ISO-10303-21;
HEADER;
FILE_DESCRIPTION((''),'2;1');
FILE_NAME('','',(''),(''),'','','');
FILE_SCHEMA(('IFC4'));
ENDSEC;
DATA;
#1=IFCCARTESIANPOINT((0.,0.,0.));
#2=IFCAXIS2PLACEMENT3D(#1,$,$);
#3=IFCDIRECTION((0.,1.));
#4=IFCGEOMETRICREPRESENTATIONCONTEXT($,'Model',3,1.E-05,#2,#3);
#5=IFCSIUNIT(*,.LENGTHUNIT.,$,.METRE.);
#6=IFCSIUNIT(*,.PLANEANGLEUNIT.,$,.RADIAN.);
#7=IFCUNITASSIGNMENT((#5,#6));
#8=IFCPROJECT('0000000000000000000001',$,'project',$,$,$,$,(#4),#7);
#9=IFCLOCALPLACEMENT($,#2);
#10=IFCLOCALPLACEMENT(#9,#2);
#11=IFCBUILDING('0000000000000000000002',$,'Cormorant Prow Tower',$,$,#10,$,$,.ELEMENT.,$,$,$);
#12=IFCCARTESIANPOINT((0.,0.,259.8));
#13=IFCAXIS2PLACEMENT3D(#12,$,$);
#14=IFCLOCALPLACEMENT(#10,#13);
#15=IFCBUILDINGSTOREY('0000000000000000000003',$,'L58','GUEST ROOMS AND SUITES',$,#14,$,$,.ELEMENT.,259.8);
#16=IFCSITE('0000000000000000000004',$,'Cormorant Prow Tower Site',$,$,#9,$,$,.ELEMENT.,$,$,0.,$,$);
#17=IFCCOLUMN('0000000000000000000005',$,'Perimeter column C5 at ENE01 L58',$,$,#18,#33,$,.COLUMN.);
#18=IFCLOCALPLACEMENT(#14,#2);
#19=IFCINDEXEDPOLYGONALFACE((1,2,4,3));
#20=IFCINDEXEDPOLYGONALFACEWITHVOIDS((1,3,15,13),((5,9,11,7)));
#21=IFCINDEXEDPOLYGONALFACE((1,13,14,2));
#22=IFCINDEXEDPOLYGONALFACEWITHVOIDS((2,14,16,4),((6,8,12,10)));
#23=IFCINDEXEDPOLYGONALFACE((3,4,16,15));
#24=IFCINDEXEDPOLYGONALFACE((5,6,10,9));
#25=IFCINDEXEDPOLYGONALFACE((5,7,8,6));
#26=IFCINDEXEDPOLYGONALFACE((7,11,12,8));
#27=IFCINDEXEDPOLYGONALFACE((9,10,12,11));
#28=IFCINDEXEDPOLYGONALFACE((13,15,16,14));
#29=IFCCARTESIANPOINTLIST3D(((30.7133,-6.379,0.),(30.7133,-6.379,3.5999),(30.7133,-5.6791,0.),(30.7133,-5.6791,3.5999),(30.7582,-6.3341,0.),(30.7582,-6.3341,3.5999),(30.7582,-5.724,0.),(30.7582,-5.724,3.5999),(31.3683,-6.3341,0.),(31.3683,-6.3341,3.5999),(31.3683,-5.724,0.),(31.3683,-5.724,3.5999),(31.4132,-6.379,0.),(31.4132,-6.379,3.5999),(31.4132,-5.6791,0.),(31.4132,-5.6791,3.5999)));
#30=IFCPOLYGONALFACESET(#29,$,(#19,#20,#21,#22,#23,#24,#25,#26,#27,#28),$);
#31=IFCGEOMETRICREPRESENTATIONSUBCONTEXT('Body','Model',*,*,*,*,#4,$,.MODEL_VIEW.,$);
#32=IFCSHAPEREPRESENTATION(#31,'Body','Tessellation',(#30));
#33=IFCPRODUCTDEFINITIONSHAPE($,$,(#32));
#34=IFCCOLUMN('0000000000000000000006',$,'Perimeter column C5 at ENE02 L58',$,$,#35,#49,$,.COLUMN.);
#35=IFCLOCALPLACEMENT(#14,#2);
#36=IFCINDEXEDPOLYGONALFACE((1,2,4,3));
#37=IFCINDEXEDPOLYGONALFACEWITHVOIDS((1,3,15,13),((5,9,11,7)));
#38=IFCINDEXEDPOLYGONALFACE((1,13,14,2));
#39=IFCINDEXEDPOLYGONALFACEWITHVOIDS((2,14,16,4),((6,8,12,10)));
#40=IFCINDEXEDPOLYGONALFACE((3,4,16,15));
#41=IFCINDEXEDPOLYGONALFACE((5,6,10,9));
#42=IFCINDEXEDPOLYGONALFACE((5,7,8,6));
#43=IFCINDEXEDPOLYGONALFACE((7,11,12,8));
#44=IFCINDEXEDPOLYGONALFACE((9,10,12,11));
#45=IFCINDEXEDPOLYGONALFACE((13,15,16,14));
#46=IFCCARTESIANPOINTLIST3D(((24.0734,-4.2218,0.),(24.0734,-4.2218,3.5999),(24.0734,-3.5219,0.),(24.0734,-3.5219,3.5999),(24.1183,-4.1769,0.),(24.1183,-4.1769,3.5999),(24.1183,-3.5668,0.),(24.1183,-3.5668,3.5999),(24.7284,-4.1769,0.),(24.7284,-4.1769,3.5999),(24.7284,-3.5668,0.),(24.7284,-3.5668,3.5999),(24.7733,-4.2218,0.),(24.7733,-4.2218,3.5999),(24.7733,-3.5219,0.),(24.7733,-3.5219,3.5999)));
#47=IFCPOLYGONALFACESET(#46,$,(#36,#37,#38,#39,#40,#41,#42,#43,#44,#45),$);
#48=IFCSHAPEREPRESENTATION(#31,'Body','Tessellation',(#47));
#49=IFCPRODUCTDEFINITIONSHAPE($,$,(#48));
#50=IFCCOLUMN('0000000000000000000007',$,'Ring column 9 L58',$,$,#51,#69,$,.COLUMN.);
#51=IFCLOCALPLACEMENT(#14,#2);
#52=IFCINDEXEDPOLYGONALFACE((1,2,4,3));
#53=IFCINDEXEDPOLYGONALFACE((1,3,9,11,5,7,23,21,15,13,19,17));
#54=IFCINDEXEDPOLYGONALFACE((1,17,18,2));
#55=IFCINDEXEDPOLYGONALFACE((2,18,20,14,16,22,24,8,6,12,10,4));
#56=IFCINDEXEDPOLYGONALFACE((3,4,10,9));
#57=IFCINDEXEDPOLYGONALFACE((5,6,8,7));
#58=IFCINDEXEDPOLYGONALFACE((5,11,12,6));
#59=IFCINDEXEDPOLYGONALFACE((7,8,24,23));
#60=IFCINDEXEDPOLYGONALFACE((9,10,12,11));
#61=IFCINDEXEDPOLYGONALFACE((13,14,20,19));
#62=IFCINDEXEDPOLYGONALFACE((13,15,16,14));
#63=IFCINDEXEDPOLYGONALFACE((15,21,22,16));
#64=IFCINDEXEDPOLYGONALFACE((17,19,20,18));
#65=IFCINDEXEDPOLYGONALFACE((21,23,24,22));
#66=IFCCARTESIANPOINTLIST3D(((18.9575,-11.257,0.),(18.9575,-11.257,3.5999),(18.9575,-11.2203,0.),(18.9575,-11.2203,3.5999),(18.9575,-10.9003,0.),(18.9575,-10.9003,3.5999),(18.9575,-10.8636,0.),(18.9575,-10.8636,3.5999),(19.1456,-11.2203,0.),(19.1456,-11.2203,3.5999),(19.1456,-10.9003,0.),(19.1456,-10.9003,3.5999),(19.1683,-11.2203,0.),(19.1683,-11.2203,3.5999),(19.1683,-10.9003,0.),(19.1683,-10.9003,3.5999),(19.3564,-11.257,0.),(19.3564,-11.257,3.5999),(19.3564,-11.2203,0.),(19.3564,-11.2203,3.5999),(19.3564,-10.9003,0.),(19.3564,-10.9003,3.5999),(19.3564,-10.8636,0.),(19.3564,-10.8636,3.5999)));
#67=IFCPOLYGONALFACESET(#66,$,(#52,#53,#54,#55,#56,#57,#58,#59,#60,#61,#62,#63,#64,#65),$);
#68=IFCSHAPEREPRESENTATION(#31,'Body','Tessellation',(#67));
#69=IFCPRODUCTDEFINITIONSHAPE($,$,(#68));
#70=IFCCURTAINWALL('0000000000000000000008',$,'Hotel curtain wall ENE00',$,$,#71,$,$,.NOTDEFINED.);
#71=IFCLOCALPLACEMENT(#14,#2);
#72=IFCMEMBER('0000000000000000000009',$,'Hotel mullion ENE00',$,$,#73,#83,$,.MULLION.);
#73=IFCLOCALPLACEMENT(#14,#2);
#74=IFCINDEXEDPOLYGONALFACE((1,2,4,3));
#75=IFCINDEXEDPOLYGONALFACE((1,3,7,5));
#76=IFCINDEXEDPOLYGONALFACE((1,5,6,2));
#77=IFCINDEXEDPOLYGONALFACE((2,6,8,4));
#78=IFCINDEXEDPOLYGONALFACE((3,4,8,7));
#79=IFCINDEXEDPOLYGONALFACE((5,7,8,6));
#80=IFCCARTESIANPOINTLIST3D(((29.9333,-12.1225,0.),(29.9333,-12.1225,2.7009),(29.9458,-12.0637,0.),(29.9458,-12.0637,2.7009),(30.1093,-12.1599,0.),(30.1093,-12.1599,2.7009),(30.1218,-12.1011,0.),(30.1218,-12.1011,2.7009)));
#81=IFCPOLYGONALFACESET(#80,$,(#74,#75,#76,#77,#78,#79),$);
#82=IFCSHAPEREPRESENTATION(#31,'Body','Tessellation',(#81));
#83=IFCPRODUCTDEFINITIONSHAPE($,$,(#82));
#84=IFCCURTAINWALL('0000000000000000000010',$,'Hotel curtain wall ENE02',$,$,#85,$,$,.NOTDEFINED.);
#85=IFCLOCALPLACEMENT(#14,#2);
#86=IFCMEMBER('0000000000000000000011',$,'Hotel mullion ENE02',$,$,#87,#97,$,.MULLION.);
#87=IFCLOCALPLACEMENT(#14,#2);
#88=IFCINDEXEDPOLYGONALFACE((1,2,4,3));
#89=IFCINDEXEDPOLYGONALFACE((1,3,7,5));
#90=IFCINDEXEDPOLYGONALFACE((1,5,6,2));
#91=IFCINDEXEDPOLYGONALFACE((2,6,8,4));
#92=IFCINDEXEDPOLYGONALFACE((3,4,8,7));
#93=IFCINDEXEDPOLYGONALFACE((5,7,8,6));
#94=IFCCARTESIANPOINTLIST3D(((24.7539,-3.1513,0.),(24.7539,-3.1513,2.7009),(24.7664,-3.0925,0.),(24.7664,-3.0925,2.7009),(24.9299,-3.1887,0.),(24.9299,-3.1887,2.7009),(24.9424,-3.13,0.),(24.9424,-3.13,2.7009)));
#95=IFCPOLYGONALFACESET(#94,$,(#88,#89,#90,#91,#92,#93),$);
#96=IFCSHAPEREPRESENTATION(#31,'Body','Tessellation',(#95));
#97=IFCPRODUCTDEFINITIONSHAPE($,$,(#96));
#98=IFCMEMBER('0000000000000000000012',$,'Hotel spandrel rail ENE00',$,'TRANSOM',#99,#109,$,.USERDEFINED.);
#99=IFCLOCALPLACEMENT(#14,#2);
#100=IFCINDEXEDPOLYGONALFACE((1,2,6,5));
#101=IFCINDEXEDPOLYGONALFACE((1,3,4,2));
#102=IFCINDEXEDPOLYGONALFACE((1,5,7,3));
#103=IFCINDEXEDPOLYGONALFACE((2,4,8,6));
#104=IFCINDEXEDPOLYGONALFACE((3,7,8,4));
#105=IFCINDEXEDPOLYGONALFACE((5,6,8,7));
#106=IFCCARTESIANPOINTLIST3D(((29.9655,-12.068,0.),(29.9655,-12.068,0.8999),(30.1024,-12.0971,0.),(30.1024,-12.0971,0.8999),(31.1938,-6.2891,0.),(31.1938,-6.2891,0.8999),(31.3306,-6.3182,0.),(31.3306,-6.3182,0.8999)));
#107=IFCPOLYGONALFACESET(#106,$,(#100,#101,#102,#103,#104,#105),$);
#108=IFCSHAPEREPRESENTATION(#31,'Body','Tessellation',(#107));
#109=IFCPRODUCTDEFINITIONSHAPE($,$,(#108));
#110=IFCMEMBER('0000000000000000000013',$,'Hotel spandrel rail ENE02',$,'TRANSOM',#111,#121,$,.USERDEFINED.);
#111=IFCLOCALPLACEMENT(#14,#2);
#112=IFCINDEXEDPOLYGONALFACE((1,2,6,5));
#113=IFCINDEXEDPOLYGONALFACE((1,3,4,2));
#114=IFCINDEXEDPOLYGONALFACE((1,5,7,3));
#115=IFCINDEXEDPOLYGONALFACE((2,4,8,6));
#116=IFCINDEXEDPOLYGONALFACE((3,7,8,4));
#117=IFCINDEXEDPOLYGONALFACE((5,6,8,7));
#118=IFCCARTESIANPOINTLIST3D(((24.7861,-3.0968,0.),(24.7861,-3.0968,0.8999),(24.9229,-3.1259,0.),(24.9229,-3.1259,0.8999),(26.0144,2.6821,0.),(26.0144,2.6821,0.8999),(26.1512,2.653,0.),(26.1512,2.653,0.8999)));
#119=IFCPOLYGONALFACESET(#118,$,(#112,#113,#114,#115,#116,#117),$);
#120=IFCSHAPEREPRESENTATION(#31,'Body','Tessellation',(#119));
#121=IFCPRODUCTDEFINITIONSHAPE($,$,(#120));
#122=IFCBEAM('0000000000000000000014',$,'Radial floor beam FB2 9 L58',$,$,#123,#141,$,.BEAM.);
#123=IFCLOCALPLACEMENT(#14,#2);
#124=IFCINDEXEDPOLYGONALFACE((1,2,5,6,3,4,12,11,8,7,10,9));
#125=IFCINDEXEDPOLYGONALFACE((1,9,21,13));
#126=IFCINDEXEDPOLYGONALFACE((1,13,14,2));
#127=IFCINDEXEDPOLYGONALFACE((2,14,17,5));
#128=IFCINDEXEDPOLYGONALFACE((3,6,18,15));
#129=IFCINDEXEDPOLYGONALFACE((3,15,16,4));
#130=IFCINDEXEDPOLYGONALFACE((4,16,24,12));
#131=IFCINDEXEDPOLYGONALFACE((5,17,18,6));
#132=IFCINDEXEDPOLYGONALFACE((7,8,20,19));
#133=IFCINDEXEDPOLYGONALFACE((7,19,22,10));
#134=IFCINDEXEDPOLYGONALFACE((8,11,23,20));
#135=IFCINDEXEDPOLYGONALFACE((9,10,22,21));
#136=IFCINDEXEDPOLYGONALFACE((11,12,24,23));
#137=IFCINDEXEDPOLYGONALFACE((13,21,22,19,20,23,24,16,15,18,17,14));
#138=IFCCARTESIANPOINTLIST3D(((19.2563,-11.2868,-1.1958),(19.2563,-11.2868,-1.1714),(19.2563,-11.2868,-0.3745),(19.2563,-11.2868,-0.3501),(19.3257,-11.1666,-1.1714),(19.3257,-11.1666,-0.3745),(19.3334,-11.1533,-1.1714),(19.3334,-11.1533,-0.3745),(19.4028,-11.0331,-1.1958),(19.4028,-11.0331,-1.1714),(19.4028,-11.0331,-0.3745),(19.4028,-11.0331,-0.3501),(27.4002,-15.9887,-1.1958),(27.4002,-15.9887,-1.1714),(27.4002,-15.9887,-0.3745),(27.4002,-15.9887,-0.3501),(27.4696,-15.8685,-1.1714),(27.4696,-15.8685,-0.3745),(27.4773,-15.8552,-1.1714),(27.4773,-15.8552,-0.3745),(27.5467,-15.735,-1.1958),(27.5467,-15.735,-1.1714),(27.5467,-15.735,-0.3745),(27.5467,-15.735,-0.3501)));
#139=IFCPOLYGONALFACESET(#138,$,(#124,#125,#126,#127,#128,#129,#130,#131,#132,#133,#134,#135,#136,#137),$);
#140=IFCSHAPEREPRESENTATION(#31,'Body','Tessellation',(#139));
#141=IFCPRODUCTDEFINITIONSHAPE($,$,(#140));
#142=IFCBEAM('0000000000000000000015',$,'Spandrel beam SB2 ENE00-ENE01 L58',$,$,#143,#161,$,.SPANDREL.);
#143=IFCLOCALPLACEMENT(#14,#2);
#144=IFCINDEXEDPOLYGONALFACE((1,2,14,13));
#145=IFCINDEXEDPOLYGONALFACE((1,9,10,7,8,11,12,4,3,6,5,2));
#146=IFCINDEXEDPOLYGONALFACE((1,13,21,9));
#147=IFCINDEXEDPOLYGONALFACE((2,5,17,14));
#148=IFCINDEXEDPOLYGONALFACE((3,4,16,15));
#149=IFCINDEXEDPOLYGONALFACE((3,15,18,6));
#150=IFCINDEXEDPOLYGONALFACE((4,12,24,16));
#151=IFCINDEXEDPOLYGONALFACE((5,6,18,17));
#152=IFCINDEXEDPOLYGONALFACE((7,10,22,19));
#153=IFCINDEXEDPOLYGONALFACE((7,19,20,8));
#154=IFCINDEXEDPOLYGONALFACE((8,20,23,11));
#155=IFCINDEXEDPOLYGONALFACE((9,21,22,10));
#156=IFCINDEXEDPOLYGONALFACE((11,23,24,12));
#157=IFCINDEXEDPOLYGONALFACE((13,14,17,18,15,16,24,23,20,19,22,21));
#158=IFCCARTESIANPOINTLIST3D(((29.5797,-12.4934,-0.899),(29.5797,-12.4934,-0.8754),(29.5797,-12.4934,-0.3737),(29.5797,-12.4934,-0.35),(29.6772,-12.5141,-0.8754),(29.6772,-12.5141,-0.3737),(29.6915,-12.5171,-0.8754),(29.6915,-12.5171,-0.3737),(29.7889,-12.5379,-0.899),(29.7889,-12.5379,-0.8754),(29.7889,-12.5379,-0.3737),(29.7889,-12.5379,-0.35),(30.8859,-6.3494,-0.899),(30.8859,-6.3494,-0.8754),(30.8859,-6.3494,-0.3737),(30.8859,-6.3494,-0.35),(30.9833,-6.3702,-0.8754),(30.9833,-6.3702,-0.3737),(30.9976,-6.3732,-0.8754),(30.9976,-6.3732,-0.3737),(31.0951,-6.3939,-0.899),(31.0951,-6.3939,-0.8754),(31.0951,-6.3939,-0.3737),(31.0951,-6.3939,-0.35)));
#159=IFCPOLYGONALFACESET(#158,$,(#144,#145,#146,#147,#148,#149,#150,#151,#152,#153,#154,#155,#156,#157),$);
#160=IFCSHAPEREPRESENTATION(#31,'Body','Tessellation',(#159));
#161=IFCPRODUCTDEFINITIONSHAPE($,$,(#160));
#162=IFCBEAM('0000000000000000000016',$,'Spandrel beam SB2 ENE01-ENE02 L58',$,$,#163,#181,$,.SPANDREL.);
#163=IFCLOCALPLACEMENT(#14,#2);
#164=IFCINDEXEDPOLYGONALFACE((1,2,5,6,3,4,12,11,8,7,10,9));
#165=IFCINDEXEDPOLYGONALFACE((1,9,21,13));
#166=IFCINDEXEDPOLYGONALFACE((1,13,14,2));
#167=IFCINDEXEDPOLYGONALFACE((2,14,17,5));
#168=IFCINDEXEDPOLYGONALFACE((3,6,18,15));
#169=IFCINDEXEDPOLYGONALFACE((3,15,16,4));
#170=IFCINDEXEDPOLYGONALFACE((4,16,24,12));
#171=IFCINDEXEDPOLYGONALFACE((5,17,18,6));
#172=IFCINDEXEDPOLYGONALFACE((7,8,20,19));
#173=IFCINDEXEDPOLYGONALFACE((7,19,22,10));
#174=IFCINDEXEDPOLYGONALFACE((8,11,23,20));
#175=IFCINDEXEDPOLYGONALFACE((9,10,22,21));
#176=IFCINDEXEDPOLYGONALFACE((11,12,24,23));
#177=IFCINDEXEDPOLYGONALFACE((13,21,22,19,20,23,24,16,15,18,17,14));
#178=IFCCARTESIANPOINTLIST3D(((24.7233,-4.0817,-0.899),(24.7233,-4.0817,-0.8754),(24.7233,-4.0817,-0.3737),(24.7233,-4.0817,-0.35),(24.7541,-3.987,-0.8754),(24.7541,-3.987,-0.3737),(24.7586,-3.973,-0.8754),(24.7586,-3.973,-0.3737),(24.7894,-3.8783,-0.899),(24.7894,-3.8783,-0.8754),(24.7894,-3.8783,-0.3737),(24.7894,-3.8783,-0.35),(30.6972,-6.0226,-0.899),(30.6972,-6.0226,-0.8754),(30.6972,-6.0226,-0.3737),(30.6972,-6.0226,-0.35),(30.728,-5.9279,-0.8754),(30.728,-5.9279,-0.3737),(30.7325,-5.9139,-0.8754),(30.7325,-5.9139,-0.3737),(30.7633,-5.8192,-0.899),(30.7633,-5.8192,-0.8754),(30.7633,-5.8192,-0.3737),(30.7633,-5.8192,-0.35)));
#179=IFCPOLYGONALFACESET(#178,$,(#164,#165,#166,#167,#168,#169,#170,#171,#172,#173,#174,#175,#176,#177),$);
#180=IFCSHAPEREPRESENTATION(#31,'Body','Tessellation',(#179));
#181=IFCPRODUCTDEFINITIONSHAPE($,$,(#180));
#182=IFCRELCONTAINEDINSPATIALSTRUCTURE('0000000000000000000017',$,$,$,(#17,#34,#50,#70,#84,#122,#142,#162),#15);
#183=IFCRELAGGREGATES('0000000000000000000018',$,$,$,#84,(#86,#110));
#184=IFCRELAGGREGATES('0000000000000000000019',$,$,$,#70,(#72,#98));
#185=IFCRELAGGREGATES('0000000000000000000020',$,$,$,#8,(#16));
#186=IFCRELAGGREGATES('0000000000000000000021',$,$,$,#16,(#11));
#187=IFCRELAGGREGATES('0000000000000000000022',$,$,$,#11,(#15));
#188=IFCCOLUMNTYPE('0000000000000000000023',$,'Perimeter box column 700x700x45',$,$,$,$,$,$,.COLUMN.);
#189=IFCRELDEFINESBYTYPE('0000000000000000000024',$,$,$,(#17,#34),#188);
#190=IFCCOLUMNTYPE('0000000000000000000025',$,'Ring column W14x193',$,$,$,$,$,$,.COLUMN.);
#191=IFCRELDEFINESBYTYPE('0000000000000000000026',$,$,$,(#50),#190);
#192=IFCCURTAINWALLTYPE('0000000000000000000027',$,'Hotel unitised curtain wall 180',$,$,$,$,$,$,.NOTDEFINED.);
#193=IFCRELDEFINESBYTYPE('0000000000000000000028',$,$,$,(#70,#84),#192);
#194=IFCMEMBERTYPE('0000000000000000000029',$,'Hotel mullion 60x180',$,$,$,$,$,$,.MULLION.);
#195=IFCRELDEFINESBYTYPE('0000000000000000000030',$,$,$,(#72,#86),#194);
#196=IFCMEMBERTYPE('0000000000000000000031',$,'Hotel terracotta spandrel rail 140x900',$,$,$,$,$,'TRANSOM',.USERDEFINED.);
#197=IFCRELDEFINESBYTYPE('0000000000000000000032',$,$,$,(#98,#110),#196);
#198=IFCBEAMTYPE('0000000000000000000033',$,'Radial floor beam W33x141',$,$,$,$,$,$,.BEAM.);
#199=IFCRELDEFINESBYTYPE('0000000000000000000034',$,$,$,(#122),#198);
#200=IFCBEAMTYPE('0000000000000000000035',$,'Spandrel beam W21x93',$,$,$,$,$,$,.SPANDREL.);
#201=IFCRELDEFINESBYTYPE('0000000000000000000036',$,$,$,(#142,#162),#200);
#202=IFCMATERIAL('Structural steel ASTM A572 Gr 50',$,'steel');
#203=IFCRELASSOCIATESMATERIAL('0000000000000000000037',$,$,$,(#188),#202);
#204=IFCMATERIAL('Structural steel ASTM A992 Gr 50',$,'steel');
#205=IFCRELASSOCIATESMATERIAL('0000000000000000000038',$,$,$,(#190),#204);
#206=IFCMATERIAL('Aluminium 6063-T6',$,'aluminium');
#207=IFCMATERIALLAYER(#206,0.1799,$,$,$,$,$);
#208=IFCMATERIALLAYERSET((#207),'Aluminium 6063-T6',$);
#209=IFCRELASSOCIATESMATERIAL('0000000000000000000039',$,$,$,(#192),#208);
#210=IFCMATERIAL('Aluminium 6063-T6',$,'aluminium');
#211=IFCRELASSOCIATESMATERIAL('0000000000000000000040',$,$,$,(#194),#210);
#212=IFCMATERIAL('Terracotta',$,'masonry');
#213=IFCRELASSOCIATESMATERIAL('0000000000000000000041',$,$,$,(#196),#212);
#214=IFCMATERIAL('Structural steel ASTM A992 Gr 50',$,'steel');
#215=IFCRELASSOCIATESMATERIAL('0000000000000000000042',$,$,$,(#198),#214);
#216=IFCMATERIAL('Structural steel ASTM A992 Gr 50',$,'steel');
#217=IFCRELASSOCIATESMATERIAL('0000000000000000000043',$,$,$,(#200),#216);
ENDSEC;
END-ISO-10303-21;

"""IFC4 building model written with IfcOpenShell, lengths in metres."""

from ifc_helpers import new_model, si_unit, direction, frame, origin, origin_2d, place, context, subcontext, project, spatial, rectangle, hollow_rectangle, i_section, extrude, material, layer, layer_set, material_profile, profile_set, type_object, element, aggregate, save


model = new_model("IFC4")

# Units and contexts
model_context = context("Model", 3, precision=1e-05, world=origin(), true_north=direction((0.0, 1.0)))
body_context = subcontext(model_context, "Body", "Model", "MODEL_VIEW")
ifc_project = project(units=[si_unit("LENGTHUNIT", "METRE"), si_unit("PLANEANGLEUNIT", "RADIAN")], contexts=[model_context])

# Site, building, storey
site_placement = place(None, origin())
site = spatial("IfcSite", under=ifc_project, at=site_placement, Name="Cormorant Prow Tower Site", CompositionType="ELEMENT", RefElevation=0.0)
building_placement = place(site_placement, origin())
building = spatial("IfcBuilding", under=site, at=building_placement, Name="Cormorant Prow Tower", CompositionType="ELEMENT")
storey_placement = place(building_placement, frame((0.0, 0.0, 259.8)))
storey = spatial("IfcBuildingStorey", under=building, at=storey_placement, Name="L58", Description="GUEST ROOMS AND SUITES", CompositionType="ELEMENT", Elevation=259.8)

# Columns
ifc_material_1 = material(Name="Structural steel ASTM A572 Gr 50", Category="steel")
ifc_material_profile_1 = material_profile(ifc_material_1, hollow_rectangle(XDim=0.7, YDim=0.7, WallThickness=0.0449, at=origin_2d()), Name="Box 700x700x45")
ifc_profile_set_1 = profile_set([ifc_material_profile_1], Name="Structural steel ASTM A572 Gr 50")
column_type_1 = type_object("IfcColumnType", Name="Perimeter box column 700x700x45", PredefinedType="COLUMN", material=ifc_profile_set_1)
for number, where, z_axis, x_axis, name in (
    (1, (31.0632, -6.0291, 0.0), (0.0, 0.0, 1.0), (1.0, 0.0, 0.0), "Perimeter column C5 at ENE01 L58"),
    (2, (24.4233, -3.8718, 0.0), (0.0, 0.0, 1.0), (1.0, 0.0, 0.0), "Perimeter column C5 at ENE02 L58"),
):
    element("IfcColumn", number, at=place(storey_placement, frame(where, z_axis=z_axis, x_axis=x_axis)), inside=storey, type_object=column_type_1, Name=name, PredefinedType="COLUMN", context=body_context, shape_type="SweptSolid", body=[
        extrude(hollow_rectangle(XDim=0.7, YDim=0.7, WallThickness=0.0449, at=origin_2d()), origin(), (0.0, 0.0, 1.0), 3.5999),
    ])
ifc_material_2 = material(Name="Structural steel ASTM A992 Gr 50", Category="steel")
ifc_material_profile_2 = material_profile(ifc_material_2, i_section(OverallWidth=0.3989, OverallDepth=0.3933, WebThickness=0.0227, FlangeThickness=0.0366, at=origin_2d()), Name="W14x193")
ifc_profile_set_2 = profile_set([ifc_material_profile_2], Name="Structural steel ASTM A992 Gr 50")
column_type_2 = type_object("IfcColumnType", Name="Ring column W14x193", PredefinedType="COLUMN", material=ifc_profile_set_2)
column_placement = place(storey_placement, frame((19.157, -11.0603, 0.0), z_axis=(0.0, 0.0, 1.0), x_axis=(1.0, 0.0, 0.0)))
element("IfcColumn", 3, at=column_placement, inside=storey, type_object=column_type_2, Name="Ring column 9 L58", PredefinedType="COLUMN", context=body_context, shape_type="SweptSolid", body=[
    extrude(i_section(OverallWidth=0.3989, OverallDepth=0.3933, WebThickness=0.0227, FlangeThickness=0.0366, at=origin_2d()), origin(), (0.0, 0.0, 1.0), 3.5999),
])

# Curtain walls, members
ifc_material_3 = material(Name="Aluminium 6063-T6", Category="aluminium")
ifc_layer_1 = layer(ifc_material_3, 0.1799)
ifc_layer_set_1 = layer_set([ifc_layer_1], Name="Aluminium 6063-T6")
curtain_wall_type = type_object("IfcCurtainWallType", Name="Hotel unitised curtain wall 180", PredefinedType="NOTDEFINED", material=ifc_layer_set_1)
curtain_wall_1_placement = place(storey_placement, origin())
curtain_wall_1 = element("IfcCurtainWall", 4, at=curtain_wall_1_placement, inside=storey, type_object=curtain_wall_type, Name="Hotel curtain wall ENE00", PredefinedType="NOTDEFINED")
ifc_material_4 = material(Name="Aluminium 6063-T6", Category="aluminium")
ifc_material_profile_3 = material_profile(ifc_material_4, rectangle(XDim=0.1799, YDim=0.0601, at=origin_2d()), Name="Hotel mullion 60x180")
ifc_profile_set_3 = profile_set([ifc_material_profile_3], Name="Aluminium 6063-T6")
member_type_1 = type_object("IfcMemberType", Name="Hotel mullion 60x180", PredefinedType="MULLION", material=ifc_profile_set_3)
member_1_placement = place(storey_placement, frame((30.0276, -12.1118, 0.0), z_axis=(0.0, 0.0, 1.0), x_axis=(-0.978148, 0.207912, 0.0)))
member_1 = element("IfcMember", 5, at=member_1_placement, type_object=member_type_1, Name="Hotel mullion ENE00", PredefinedType="MULLION", context=body_context, shape_type="SweptSolid", body=[
    extrude(rectangle(XDim=0.1799, YDim=0.0601, at=origin_2d()), origin(), (0.0, 0.0, 1.0), 2.7009),
])
curtain_wall_2_placement = place(storey_placement, origin())
curtain_wall_2 = element("IfcCurtainWall", 6, at=curtain_wall_2_placement, inside=storey, type_object=curtain_wall_type, Name="Hotel curtain wall ENE02", PredefinedType="NOTDEFINED")
member_2_placement = place(storey_placement, frame((24.8481, -3.1406, 0.0), z_axis=(0.0, 0.0, 1.0), x_axis=(-0.978148, 0.207912, 0.0)))
member_2 = element("IfcMember", 7, at=member_2_placement, type_object=member_type_1, Name="Hotel mullion ENE02", PredefinedType="MULLION", context=body_context, shape_type="SweptSolid", body=[
    extrude(rectangle(XDim=0.1799, YDim=0.0601, at=origin_2d()), origin(), (0.0, 0.0, 1.0), 2.7009),
])

# Members
ifc_material_5 = material(Name="Terracotta", Category="masonry")
ifc_material_profile_4 = material_profile(ifc_material_5, rectangle(XDim=0.1399, YDim=0.8999, at=origin_2d()), Name="Hotel terracotta spandrel rail 140x900")
ifc_profile_set_4 = profile_set([ifc_material_profile_4], Name="Terracotta")
member_type_2 = type_object("IfcMemberType", Name="Hotel terracotta spandrel rail 140x900", ElementType="TRANSOM", PredefinedType="USERDEFINED", material=ifc_profile_set_4)
member_3_placement = place(storey_placement, frame((30.0339, -12.0825, 0.45), z_axis=(0.207903, 0.978149, 0.0), x_axis=(-0.978149, 0.207903, 0.0)))
member_3 = element("IfcMember", 8, at=member_3_placement, type_object=member_type_2, Name="Hotel spandrel rail ENE00", ObjectType="TRANSOM", PredefinedType="USERDEFINED", context=body_context, shape_type="SweptSolid", body=[
    extrude(rectangle(XDim=0.1399, YDim=0.8999, at=origin_2d()), origin(), (0.0, 0.0, 1.0), 5.908),
])
member_4_placement = place(storey_placement, frame((24.8545, -3.1113, 0.45), z_axis=(0.207903, 0.978149, 0.0), x_axis=(-0.978149, 0.207903, 0.0)))
member_4 = element("IfcMember", 9, at=member_4_placement, type_object=member_type_2, Name="Hotel spandrel rail ENE02", ObjectType="TRANSOM", PredefinedType="USERDEFINED", context=body_context, shape_type="SweptSolid", body=[
    extrude(rectangle(XDim=0.1399, YDim=0.8999, at=origin_2d()), origin(), (0.0, 0.0, 1.0), 5.908),
])
aggregate(curtain_wall_2, [member_2, member_4])

# Beams
ifc_material_6 = material(Name="Structural steel ASTM A992 Gr 50", Category="steel")
ifc_material_profile_5 = material_profile(ifc_material_6, i_section(OverallWidth=0.293, OverallDepth=0.8457, WebThickness=0.0154, FlangeThickness=0.0244, at=origin_2d()), Name="W33x141")
ifc_profile_set_5 = profile_set([ifc_material_profile_5], Name="Structural steel ASTM A992 Gr 50")
beam_type_1 = type_object("IfcBeamType", Name="Radial floor beam W33x141", PredefinedType="BEAM", material=ifc_profile_set_5)
beam_placement = place(storey_placement, frame((19.3296, -11.1599, -0.7729), z_axis=(0.866022, -0.500006, 0.0), x_axis=(0.500006, 0.866022, 0.0)))
element("IfcBeam", 10, at=beam_placement, inside=storey, type_object=beam_type_1, Name="Radial floor beam FB2 9 L58", PredefinedType="BEAM", context=body_context, shape_type="SweptSolid", body=[
    extrude(i_section(OverallWidth=0.293, OverallDepth=0.8457, WebThickness=0.0154, FlangeThickness=0.0244, at=origin_2d()), origin(), (0.0, 0.0, 1.0), 9.4038),
])
ifc_material_7 = material(Name="Structural steel ASTM A992 Gr 50", Category="steel")
ifc_material_profile_6 = material_profile(ifc_material_7, i_section(OverallWidth=0.2139, OverallDepth=0.5491, WebThickness=0.0146, FlangeThickness=0.0237, at=origin_2d()), Name="W21x93")
ifc_profile_set_6 = profile_set([ifc_material_profile_6], Name="Structural steel ASTM A992 Gr 50")
beam_type_2 = type_object("IfcBeamType", Name="Spandrel beam W21x93", PredefinedType="SPANDREL", material=ifc_profile_set_6)
for number, where, z_axis, x_axis, name in (
    (11, (29.6843, -12.5156, -0.6245), (0.207941, 0.978141, 0.0), (-0.978141, 0.207941, 0.0), "Spandrel beam SB2 ENE00-ENE01 L58"),
    (12, (30.7302, -5.9209, -0.6245), (-0.951062, 0.309001, 0.0), (-0.309001, -0.951062, 0.0), "Spandrel beam SB2 ENE01-ENE02 L58"),
):
    element("IfcBeam", number, at=place(storey_placement, frame(where, z_axis=z_axis, x_axis=x_axis)), inside=storey, type_object=beam_type_2, Name=name, PredefinedType="SPANDREL", context=body_context, shape_type="SweptSolid", body=[
        extrude(i_section(OverallWidth=0.2139, OverallDepth=0.5491, WebThickness=0.0146, FlangeThickness=0.0237, at=origin_2d()), origin(), (0.0, 0.0, 1.0), 6.2812),
    ])

aggregate(curtain_wall_1, [member_1, member_3])

save(model, "model.ifc")
